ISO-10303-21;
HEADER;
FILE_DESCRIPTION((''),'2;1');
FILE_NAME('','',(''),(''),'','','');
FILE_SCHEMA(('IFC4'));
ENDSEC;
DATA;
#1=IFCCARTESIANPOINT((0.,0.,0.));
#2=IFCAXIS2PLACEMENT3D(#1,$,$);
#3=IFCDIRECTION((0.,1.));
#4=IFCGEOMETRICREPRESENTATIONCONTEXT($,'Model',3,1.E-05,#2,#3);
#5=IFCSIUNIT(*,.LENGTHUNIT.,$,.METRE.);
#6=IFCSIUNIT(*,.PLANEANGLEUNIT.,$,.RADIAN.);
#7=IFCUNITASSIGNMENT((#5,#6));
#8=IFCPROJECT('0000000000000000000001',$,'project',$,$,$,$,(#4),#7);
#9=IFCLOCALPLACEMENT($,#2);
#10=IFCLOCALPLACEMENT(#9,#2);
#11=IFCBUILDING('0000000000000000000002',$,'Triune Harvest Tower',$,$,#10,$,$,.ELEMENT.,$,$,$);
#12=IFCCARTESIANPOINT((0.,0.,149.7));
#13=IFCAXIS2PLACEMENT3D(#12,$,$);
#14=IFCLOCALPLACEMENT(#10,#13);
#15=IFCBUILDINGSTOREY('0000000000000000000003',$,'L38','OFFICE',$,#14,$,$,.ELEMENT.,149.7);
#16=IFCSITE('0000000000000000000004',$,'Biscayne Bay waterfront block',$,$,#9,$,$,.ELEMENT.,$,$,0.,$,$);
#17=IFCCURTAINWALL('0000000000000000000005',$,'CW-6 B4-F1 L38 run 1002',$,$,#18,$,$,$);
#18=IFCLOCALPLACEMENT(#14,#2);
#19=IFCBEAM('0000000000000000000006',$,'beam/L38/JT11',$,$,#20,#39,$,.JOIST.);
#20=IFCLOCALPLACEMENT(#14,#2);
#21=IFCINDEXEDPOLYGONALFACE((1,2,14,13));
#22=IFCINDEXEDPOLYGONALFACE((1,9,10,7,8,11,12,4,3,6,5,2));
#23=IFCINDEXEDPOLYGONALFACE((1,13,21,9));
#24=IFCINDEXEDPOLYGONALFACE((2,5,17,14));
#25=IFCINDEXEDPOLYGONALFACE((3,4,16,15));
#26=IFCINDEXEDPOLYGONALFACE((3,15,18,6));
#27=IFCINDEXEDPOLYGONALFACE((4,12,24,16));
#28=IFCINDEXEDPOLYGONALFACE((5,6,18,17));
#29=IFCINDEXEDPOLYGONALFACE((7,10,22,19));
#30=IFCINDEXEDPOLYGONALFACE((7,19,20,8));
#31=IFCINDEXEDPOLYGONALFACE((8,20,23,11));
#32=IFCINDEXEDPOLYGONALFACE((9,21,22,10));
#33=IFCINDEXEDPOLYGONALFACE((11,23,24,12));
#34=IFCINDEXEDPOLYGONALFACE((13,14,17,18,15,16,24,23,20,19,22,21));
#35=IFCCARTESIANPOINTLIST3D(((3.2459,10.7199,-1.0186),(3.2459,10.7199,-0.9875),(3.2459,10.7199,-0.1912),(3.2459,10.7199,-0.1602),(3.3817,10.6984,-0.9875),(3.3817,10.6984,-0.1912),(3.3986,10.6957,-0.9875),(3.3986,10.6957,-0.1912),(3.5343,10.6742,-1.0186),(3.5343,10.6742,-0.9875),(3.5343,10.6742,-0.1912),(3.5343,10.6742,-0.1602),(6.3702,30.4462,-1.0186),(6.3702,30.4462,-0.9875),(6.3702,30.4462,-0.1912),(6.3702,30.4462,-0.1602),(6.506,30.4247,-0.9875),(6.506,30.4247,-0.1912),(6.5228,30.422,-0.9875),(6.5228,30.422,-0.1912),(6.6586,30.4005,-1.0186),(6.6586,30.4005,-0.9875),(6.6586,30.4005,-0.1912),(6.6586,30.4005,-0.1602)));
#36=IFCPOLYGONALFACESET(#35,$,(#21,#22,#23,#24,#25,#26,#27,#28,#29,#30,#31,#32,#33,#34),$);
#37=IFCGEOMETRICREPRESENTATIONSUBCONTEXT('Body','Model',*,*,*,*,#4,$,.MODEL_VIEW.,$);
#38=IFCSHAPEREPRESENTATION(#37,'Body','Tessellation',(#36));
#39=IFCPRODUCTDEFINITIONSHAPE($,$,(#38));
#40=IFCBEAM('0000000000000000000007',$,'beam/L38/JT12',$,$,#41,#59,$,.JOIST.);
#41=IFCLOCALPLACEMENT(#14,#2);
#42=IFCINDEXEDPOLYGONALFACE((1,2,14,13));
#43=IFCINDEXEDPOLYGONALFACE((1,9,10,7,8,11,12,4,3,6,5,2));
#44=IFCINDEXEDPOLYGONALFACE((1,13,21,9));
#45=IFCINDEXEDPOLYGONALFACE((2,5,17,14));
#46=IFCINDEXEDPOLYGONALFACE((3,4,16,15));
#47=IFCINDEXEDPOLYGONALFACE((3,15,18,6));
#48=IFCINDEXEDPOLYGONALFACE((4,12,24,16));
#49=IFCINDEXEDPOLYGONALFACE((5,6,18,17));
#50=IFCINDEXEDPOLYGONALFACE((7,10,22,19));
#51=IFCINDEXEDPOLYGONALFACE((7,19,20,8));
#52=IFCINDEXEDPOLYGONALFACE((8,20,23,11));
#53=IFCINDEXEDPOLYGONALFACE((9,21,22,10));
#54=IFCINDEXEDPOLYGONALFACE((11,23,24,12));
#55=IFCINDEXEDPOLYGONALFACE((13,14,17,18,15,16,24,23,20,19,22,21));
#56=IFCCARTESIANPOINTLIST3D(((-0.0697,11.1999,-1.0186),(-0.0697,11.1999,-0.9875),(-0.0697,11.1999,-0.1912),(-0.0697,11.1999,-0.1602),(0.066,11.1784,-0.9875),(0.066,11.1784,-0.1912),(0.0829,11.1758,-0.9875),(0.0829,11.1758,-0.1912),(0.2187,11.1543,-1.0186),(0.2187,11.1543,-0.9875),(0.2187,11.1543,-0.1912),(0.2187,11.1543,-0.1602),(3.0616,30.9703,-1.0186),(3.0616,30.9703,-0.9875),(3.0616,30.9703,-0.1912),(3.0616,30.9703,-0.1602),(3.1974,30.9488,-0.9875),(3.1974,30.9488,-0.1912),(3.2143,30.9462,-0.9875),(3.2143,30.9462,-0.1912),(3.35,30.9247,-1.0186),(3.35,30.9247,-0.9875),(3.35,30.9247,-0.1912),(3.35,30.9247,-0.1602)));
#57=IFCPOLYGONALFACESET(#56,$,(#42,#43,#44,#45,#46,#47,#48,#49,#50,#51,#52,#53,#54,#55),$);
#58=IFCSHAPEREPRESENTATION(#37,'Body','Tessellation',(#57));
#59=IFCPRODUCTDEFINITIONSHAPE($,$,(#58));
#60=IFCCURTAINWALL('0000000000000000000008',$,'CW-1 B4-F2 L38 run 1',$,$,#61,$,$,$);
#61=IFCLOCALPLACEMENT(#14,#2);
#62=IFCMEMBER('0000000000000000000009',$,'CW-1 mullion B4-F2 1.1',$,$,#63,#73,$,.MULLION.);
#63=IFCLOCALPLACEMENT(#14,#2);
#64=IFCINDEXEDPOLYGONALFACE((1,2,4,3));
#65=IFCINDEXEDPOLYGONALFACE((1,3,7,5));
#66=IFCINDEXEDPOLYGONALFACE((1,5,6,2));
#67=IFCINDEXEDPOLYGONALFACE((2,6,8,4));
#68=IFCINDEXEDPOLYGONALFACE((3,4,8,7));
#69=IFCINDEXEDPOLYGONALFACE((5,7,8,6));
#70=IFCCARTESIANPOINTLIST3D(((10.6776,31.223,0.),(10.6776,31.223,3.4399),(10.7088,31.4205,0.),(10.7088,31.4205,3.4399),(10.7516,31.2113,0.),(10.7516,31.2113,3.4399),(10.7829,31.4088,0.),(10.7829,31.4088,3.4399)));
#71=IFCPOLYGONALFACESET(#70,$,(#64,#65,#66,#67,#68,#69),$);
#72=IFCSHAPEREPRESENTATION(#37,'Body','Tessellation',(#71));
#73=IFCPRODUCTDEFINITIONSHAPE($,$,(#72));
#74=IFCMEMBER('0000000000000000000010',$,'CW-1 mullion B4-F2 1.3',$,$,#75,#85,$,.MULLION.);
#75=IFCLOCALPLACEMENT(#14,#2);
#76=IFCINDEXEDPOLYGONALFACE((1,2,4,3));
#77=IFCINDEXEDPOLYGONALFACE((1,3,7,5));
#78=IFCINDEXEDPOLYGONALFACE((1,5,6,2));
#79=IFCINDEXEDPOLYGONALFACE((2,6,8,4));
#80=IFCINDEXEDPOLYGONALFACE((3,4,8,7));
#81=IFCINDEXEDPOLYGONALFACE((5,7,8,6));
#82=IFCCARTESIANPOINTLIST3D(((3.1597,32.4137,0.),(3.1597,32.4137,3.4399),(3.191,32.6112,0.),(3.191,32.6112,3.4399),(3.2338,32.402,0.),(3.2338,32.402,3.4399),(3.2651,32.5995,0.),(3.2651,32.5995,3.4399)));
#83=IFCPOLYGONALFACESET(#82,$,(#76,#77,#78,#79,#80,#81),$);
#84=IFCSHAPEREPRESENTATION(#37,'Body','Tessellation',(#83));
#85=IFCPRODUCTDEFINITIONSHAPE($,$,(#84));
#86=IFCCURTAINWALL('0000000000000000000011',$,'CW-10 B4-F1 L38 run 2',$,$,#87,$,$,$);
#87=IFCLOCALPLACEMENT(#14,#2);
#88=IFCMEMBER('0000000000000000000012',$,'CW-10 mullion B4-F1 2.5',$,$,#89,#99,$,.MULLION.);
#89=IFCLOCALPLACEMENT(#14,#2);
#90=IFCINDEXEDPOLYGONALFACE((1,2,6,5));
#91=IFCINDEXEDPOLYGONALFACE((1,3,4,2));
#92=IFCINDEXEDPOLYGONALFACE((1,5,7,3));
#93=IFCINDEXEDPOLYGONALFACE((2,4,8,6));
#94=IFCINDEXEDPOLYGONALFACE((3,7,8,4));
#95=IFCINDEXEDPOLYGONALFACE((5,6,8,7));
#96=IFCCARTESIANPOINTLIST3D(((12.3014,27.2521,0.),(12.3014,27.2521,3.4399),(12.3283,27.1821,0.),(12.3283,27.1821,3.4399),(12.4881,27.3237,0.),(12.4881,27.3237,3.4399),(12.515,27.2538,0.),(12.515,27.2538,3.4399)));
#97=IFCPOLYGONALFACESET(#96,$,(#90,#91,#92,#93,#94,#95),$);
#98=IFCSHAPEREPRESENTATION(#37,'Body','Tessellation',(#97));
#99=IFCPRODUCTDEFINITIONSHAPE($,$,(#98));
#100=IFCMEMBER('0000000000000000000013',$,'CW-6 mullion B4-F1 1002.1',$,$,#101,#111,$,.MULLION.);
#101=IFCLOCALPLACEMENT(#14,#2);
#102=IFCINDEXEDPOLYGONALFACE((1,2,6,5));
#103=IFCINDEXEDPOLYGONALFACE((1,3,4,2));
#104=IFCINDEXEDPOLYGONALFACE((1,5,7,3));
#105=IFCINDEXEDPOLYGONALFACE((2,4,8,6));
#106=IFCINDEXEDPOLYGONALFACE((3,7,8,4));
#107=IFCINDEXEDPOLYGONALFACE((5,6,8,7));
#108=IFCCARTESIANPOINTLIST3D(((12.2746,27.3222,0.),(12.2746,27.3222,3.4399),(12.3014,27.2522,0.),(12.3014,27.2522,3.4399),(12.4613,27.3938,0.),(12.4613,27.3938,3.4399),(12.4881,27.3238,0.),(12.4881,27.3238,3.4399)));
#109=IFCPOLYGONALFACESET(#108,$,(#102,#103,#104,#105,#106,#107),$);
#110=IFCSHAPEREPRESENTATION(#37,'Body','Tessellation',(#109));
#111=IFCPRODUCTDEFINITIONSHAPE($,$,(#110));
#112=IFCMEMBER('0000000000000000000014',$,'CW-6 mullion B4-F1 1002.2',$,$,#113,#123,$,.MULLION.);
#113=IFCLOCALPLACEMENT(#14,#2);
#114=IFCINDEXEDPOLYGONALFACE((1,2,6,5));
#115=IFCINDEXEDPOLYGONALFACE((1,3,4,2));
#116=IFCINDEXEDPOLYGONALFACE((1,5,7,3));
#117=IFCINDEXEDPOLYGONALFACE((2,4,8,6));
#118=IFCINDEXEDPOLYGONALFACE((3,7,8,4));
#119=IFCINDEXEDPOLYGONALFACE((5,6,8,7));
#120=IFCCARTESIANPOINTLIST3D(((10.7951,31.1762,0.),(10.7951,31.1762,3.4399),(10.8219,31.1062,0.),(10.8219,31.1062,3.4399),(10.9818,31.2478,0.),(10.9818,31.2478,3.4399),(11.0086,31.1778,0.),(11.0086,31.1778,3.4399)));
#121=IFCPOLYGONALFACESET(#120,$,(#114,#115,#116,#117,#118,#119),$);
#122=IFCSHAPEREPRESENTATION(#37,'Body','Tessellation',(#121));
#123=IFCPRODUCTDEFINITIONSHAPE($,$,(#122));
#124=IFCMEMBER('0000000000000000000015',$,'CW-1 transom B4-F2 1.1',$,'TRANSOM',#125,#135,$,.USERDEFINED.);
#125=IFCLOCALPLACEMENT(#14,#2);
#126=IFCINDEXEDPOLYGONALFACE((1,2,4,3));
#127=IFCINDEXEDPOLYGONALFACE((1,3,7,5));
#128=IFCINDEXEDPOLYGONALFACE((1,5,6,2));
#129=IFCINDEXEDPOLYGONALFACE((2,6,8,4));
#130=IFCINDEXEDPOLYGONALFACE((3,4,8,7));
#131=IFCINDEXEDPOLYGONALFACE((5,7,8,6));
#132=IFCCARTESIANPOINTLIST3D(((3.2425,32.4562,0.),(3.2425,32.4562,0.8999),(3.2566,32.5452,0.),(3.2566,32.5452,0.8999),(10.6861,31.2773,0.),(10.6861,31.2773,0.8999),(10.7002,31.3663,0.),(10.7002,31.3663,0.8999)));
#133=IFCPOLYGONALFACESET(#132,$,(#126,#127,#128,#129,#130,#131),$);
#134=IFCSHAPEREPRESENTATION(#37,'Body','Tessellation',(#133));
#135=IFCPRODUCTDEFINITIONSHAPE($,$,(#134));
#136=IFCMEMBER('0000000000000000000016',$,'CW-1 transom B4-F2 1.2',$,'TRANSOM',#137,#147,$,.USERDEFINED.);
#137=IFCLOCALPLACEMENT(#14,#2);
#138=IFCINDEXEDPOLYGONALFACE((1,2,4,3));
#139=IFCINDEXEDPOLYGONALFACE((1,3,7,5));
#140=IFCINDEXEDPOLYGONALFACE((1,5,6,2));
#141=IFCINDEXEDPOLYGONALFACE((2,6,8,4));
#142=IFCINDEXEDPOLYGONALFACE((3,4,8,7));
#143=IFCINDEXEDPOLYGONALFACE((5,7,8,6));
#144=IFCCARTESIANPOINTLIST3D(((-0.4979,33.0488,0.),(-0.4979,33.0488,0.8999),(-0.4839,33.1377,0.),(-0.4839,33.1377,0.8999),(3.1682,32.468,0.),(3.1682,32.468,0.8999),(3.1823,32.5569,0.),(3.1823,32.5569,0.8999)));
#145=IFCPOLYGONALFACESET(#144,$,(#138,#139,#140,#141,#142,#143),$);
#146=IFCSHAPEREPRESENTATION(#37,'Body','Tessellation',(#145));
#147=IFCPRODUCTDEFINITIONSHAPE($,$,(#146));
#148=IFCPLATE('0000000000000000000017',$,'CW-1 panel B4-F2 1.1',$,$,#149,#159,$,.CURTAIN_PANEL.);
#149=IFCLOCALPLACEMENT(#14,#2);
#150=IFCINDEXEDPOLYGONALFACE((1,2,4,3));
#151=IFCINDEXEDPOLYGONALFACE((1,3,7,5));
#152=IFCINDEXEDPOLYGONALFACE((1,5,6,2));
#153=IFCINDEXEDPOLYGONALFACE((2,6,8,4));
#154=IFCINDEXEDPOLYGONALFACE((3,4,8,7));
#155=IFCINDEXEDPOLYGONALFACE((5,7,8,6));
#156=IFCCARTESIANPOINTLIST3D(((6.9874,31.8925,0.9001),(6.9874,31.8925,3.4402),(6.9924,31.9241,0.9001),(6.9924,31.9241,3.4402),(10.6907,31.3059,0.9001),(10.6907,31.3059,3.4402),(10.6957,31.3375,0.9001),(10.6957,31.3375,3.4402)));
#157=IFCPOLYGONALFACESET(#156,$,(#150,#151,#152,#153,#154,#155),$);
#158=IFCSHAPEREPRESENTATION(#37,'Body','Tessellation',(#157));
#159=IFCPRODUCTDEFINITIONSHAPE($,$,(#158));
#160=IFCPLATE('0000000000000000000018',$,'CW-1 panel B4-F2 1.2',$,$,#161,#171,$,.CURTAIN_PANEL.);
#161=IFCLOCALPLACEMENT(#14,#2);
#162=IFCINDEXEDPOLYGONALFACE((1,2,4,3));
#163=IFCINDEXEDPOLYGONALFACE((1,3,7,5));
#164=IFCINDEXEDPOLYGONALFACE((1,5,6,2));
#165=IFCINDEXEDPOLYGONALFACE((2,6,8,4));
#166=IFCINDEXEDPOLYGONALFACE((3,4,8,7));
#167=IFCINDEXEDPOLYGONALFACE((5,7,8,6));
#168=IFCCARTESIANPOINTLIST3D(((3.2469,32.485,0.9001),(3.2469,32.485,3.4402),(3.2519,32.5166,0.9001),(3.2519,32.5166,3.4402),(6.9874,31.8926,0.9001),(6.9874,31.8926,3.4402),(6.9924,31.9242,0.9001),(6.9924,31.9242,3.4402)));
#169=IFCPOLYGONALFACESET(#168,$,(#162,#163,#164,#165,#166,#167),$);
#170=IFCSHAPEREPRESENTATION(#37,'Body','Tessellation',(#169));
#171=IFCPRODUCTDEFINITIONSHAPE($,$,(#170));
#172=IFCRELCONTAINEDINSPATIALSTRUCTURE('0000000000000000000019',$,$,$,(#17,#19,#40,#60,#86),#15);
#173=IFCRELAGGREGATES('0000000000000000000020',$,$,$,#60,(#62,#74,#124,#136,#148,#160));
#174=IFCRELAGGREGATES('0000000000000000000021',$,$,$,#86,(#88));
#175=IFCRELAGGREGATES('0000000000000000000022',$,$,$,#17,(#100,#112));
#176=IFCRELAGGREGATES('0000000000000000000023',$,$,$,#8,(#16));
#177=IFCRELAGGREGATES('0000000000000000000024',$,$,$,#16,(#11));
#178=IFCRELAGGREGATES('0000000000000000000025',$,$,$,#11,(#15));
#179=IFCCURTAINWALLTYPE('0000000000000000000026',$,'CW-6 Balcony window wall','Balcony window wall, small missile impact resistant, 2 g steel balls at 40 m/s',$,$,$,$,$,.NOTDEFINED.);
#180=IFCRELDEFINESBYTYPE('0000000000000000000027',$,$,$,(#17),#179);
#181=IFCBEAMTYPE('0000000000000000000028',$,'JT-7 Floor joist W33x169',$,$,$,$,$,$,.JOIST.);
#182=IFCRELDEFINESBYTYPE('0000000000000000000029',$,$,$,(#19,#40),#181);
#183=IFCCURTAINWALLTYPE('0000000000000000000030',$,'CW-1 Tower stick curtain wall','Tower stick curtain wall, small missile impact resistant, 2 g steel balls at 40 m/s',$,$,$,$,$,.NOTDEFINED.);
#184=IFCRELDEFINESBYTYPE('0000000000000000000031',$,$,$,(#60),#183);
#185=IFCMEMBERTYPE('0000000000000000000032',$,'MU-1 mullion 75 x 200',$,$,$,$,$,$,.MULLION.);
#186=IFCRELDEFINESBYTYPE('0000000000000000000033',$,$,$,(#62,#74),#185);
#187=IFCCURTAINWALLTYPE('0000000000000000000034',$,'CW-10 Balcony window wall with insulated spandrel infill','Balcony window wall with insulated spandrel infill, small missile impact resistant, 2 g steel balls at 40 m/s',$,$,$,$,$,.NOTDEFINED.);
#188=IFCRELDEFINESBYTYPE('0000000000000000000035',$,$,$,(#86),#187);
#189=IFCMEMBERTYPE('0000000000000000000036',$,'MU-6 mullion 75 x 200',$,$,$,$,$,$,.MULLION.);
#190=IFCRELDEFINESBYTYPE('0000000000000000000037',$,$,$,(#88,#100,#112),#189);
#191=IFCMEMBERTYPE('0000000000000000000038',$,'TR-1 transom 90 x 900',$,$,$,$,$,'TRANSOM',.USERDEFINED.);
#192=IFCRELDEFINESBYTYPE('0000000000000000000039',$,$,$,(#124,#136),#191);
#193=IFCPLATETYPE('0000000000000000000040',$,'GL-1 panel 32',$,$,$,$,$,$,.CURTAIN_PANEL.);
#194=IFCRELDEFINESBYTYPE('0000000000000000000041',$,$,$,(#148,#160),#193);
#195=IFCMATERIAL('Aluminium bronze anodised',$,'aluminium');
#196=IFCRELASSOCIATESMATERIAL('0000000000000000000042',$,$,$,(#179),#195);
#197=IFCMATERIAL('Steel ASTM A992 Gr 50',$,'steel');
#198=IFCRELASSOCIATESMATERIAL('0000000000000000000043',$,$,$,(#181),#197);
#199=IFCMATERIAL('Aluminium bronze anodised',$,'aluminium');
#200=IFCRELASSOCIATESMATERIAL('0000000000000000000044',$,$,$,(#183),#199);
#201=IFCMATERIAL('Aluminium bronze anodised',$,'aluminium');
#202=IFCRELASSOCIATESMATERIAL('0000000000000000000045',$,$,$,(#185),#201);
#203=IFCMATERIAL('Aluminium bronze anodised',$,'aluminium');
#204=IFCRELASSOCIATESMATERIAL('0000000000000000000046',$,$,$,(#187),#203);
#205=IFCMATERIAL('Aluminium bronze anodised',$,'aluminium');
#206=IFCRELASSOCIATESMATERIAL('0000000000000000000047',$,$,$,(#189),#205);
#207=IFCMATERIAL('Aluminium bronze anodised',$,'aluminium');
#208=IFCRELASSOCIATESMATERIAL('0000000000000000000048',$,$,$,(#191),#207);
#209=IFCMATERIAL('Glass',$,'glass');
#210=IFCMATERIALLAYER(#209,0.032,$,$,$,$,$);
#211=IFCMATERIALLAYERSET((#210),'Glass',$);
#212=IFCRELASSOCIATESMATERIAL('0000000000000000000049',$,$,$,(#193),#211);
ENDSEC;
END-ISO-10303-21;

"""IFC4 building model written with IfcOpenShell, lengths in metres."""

from ifc_helpers import new_model, si_unit, direction, frame, origin, origin_2d, place, context, subcontext, project, spatial, rectangle, i_section, extrude, source, transform, mapped, material, layer, layer_set, material_profile, profile_set, type_object, element, aggregate, save


model = new_model("IFC4")

# Units and contexts
model_context = context("Model", 3, precision=1e-05, world=origin(), true_north=direction((0.0, 1.0)))
body_context = subcontext(model_context, "Body", "Model", "MODEL_VIEW")
ifc_project = project(units=[si_unit("LENGTHUNIT", "METRE"), si_unit("PLANEANGLEUNIT", "RADIAN")], contexts=[model_context])

# Site, building, storey
site_placement = place(None, origin())
site = spatial("IfcSite", under=ifc_project, at=site_placement, Name="Biscayne Bay waterfront block", CompositionType="ELEMENT", RefElevation=0.0)
building_placement = place(site_placement, origin())
building = spatial("IfcBuilding", under=site, at=building_placement, Name="Triune Harvest Tower", CompositionType="ELEMENT")
storey_placement = place(building_placement, frame((0.0, 0.0, 149.7)))
storey = spatial("IfcBuildingStorey", under=building, at=storey_placement, Name="L38", Description="OFFICE", CompositionType="ELEMENT", Elevation=149.7)

# Curtain wall
ifc_material_1 = material(Name="Aluminium bronze anodised", Category="aluminium")
curtain_wall_type_1 = type_object("IfcCurtainWallType", Name="CW-6 Balcony window wall", Description="Balcony window wall, small missile impact resistant, 2 g steel balls at 40 m/s", PredefinedType="NOTDEFINED", material=ifc_material_1)
curtain_wall_1_placement = place(storey_placement, origin())
curtain_wall_1 = element("IfcCurtainWall", 1, at=curtain_wall_1_placement, inside=storey, type_object=curtain_wall_type_1, Name="CW-6 B4-F1 L38 run 1002")

# Beams
ifc_material_2 = material(Name="Steel ASTM A992 Gr 50", Category="steel")
ifc_material_profile_1 = material_profile(ifc_material_2, i_section(OverallWidth=0.292, OverallDepth=0.8584, WebThickness=0.0171, FlangeThickness=0.031, at=origin_2d()), Name="W33x169")
ifc_profile_set_1 = profile_set([ifc_material_profile_1], Name="Steel ASTM A992 Gr 50")
beam_type_1 = type_object("IfcBeamType", Name="JT-7 Floor joist W33x169", PredefinedType="JOIST", material=ifc_profile_set_1)
shared_shape_1 = source(origin(), body_context, "Body", "SweptSolid", [
    extrude(i_section(OverallWidth=0.292, OverallDepth=0.8584, WebThickness=0.0171, FlangeThickness=0.031, at=origin_2d()), origin(), (0.0, 0.0, 1.0), 19.9722),
])
beam_1_placement = place(storey_placement, frame((6.5144, 30.4233, -0.5894), z_axis=(-0.156431, -0.987689, 0.0), x_axis=(0.987689, -0.156431, 0.0)))
element("IfcBeam", 2, at=beam_1_placement, inside=storey, type_object=beam_type_1, Name="beam/L38/JT11", PredefinedType="JOIST", context=body_context, shape_type="MappedRepresentation", body=[
    mapped(shared_shape_1, transform((0.0, 0.0, 0.0), scale=1.0)),
])
shared_shape_2 = source(origin(), body_context, "Body", "SweptSolid", [
    extrude(i_section(OverallWidth=0.292, OverallDepth=0.8584, WebThickness=0.0171, FlangeThickness=0.031, at=origin_2d()), origin(), (0.0, 0.0, 1.0), 20.0168),
])
beam_2_placement = place(storey_placement, frame((3.2058, 30.9475, -0.5894), z_axis=(-0.156435, -0.987688, 0.0), x_axis=(0.987688, -0.156435, 0.0)))
element("IfcBeam", 3, at=beam_2_placement, inside=storey, type_object=beam_type_1, Name="beam/L38/JT12", PredefinedType="JOIST", context=body_context, shape_type="MappedRepresentation", body=[
    mapped(shared_shape_2, transform((0.0, 0.0, 0.0), scale=1.0)),
])

# Curtain wall, members
ifc_material_3 = material(Name="Aluminium bronze anodised", Category="aluminium")
curtain_wall_type_2 = type_object("IfcCurtainWallType", Name="CW-1 Tower stick curtain wall", Description="Tower stick curtain wall, small missile impact resistant, 2 g steel balls at 40 m/s", PredefinedType="NOTDEFINED", material=ifc_material_3)
curtain_wall_2_placement = place(storey_placement, origin())
curtain_wall_2 = element("IfcCurtainWall", 4, at=curtain_wall_2_placement, inside=storey, type_object=curtain_wall_type_2, Name="CW-1 B4-F2 L38 run 1")
ifc_material_4 = material(Name="Aluminium bronze anodised", Category="aluminium")
ifc_material_profile_2 = material_profile(ifc_material_4, rectangle(XDim=0.2, YDim=0.075, at=origin_2d()), Name="MU-1 mullion 75 x 200")
ifc_profile_set_2 = profile_set([ifc_material_profile_2], Name="Aluminium bronze anodised")
member_type_1 = type_object("IfcMemberType", Name="MU-1 mullion 75 x 200", PredefinedType="MULLION", material=ifc_profile_set_2)
shared_shape_3 = source(origin(), body_context, "Body", "SweptSolid", [
    extrude(rectangle(XDim=0.2, YDim=0.075, at=origin_2d()), origin(), (0.0, 0.0, 1.0), 3.4399),
])
member_1_placement = place(storey_placement, frame((10.7302, 31.3159, 0.0), z_axis=(0.0, 0.0, 1.0), x_axis=(-0.156433, -0.987689, 0.0)))
member_1 = element("IfcMember", 5, at=member_1_placement, type_object=member_type_1, Name="CW-1 mullion B4-F2 1.1", PredefinedType="MULLION", context=body_context, shape_type="MappedRepresentation", body=[
    mapped(shared_shape_3, transform((0.0, 0.0, 0.0), scale=1.0)),
])
member_2_placement = place(storey_placement, frame((3.2124, 32.5066, 0.0), z_axis=(0.0, 0.0, 1.0), x_axis=(-0.156433, -0.987689, 0.0)))
member_2 = element("IfcMember", 6, at=member_2_placement, type_object=member_type_1, Name="CW-1 mullion B4-F2 1.3", PredefinedType="MULLION", context=body_context, shape_type="MappedRepresentation", body=[
    mapped(shared_shape_3, transform((0.0, 0.0, 0.0), scale=1.0)),
])

# Curtain wall, member
ifc_material_5 = material(Name="Aluminium bronze anodised", Category="aluminium")
curtain_wall_type_3 = type_object("IfcCurtainWallType", Name="CW-10 Balcony window wall with insulated spandrel infill", Description="Balcony window wall with insulated spandrel infill, small missile impact resistant, 2 g steel balls at 40 m/s", PredefinedType="NOTDEFINED", material=ifc_material_5)
curtain_wall_3_placement = place(storey_placement, origin())
curtain_wall_3 = element("IfcCurtainWall", 7, at=curtain_wall_3_placement, inside=storey, type_object=curtain_wall_type_3, Name="CW-10 B4-F1 L38 run 2")
ifc_material_6 = material(Name="Aluminium bronze anodised", Category="aluminium")
ifc_material_profile_3 = material_profile(ifc_material_6, rectangle(XDim=0.2, YDim=0.075, at=origin_2d()), Name="MU-6 mullion 75 x 200")
ifc_profile_set_3 = profile_set([ifc_material_profile_3], Name="Aluminium bronze anodised")
member_type_2 = type_object("IfcMemberType", Name="MU-6 mullion 75 x 200", PredefinedType="MULLION", material=ifc_profile_set_3)
shared_shape_4 = source(origin(), body_context, "Body", "SweptSolid", [
    extrude(rectangle(XDim=0.2, YDim=0.075, at=origin_2d()), origin(), (0.0, 0.0, 1.0), 3.4399),
])
member_3_placement = place(storey_placement, frame((12.4082, 27.2529, 0.0), z_axis=(0.0, 0.0, 1.0), x_axis=(-0.933579, -0.358371, 0.0)))
member_3 = element("IfcMember", 8, at=member_3_placement, type_object=member_type_2, Name="CW-10 mullion B4-F1 2.5", PredefinedType="MULLION", context=body_context, shape_type="MappedRepresentation", body=[
    mapped(shared_shape_4, transform((0.0, 0.0, 0.0), scale=1.0)),
])

# Members
member_4_placement = place(storey_placement, frame((12.3813, 27.323, 0.0), z_axis=(0.0, 0.0, 1.0), x_axis=(-0.933583, -0.358362, 0.0)))
member_4 = element("IfcMember", 9, at=member_4_placement, type_object=member_type_2, Name="CW-6 mullion B4-F1 1002.1", PredefinedType="MULLION", context=body_context, shape_type="MappedRepresentation", body=[
    mapped(shared_shape_4, transform((0.0, 0.0, 0.0), scale=1.0)),
])
member_5_placement = place(storey_placement, frame((10.9019, 31.177, 0.0), z_axis=(0.0, 0.0, 1.0), x_axis=(-0.933583, -0.358362, 0.0)))
member_5 = element("IfcMember", 10, at=member_5_placement, type_object=member_type_2, Name="CW-6 mullion B4-F1 1002.2", PredefinedType="MULLION", context=body_context, shape_type="MappedRepresentation", body=[
    mapped(shared_shape_4, transform((0.0, 0.0, 0.0), scale=1.0)),
])
ifc_material_7 = material(Name="Aluminium bronze anodised", Category="aluminium")
ifc_material_profile_4 = material_profile(ifc_material_7, rectangle(XDim=0.0901, YDim=0.8999, at=origin_2d()), Name="TR-1 transom 90 x 900")
ifc_profile_set_4 = profile_set([ifc_material_profile_4], Name="Aluminium bronze anodised")
member_type_3 = type_object("IfcMemberType", Name="TR-1 transom 90 x 900", ElementType="TRANSOM", PredefinedType="USERDEFINED", material=ifc_profile_set_4)
shared_shape_5 = source(origin(), body_context, "Body", "SweptSolid", [
    extrude(rectangle(XDim=0.0901, YDim=0.8999, at=origin_2d()), origin(), (0.0, 0.0, 1.0), 7.5364),
])
member_6_placement = place(storey_placement, frame((10.6931, 31.3218, 0.45), z_axis=(-0.987688, 0.156435, 0.0), x_axis=(-0.156435, -0.987688, 0.0)))
member_6 = element("IfcMember", 11, at=member_6_placement, type_object=member_type_3, Name="CW-1 transom B4-F2 1.1", ObjectType="TRANSOM", PredefinedType="USERDEFINED", context=body_context, shape_type="MappedRepresentation", body=[
    mapped(shared_shape_5, transform((0.0, 0.0, 0.0), scale=1.0)),
])
shared_shape_6 = source(origin(), body_context, "Body", "SweptSolid", [
    extrude(rectangle(XDim=0.0901, YDim=0.8999, at=origin_2d()), origin(), (0.0, 0.0, 1.0), 3.7119),
])
member_7_placement = place(storey_placement, frame((3.1753, 32.5125, 0.45), z_axis=(-0.987683, 0.156469, 0.0), x_axis=(-0.156469, -0.987683, 0.0)))
member_7 = element("IfcMember", 12, at=member_7_placement, type_object=member_type_3, Name="CW-1 transom B4-F2 1.2", ObjectType="TRANSOM", PredefinedType="USERDEFINED", context=body_context, shape_type="MappedRepresentation", body=[
    mapped(shared_shape_6, transform((0.0, 0.0, 0.0), scale=1.0)),
])

# Plates
ifc_material_8 = material(Name="Glass", Category="glass")
ifc_layer_1 = layer(ifc_material_8, 0.032)
ifc_layer_set_1 = layer_set([ifc_layer_1], Name="Glass")
plate_type_1 = type_object("IfcPlateType", Name="GL-1 panel 32", PredefinedType="CURTAIN_PANEL", material=ifc_layer_set_1)
shared_shape_7 = source(origin(), body_context, "Body", "SweptSolid", [
    extrude(rectangle(XDim=3.7495, YDim=0.032, at=origin_2d()), origin(), (0.0, 0.0, 1.0), 2.54),
])
plate_1_placement = place(storey_placement, frame((8.8416, 31.615, 0.9001), z_axis=(0.0, 0.0, 1.0), x_axis=(-0.987689, 0.156433, 0.0)))
plate_1 = element("IfcPlate", 13, at=plate_1_placement, type_object=plate_type_1, Name="CW-1 panel B4-F2 1.1", PredefinedType="CURTAIN_PANEL", context=body_context, shape_type="MappedRepresentation", body=[
    mapped(shared_shape_7, transform((0.0, 0.0, 0.0), scale=1.0)),
])
shared_shape_8 = source(origin(), body_context, "Body", "SweptSolid", [
    extrude(rectangle(XDim=3.7871, YDim=0.032, at=origin_2d()), origin(), (0.0, 0.0, 1.0), 2.54),
])
plate_2_placement = place(storey_placement, frame((5.1196, 32.2046, 0.9001), z_axis=(0.0, 0.0, 1.0), x_axis=(-0.987689, 0.156433, 0.0)))
plate_2 = element("IfcPlate", 14, at=plate_2_placement, type_object=plate_type_1, Name="CW-1 panel B4-F2 1.2", PredefinedType="CURTAIN_PANEL", context=body_context, shape_type="MappedRepresentation", body=[
    mapped(shared_shape_8, transform((0.0, 0.0, 0.0), scale=1.0)),
])
aggregate(curtain_wall_2, [member_1, member_2, member_6, member_7, plate_1, plate_2])
aggregate(curtain_wall_3, [member_3])
aggregate(curtain_wall_1, [member_4, member_5])

save(model, "model.ifc")
